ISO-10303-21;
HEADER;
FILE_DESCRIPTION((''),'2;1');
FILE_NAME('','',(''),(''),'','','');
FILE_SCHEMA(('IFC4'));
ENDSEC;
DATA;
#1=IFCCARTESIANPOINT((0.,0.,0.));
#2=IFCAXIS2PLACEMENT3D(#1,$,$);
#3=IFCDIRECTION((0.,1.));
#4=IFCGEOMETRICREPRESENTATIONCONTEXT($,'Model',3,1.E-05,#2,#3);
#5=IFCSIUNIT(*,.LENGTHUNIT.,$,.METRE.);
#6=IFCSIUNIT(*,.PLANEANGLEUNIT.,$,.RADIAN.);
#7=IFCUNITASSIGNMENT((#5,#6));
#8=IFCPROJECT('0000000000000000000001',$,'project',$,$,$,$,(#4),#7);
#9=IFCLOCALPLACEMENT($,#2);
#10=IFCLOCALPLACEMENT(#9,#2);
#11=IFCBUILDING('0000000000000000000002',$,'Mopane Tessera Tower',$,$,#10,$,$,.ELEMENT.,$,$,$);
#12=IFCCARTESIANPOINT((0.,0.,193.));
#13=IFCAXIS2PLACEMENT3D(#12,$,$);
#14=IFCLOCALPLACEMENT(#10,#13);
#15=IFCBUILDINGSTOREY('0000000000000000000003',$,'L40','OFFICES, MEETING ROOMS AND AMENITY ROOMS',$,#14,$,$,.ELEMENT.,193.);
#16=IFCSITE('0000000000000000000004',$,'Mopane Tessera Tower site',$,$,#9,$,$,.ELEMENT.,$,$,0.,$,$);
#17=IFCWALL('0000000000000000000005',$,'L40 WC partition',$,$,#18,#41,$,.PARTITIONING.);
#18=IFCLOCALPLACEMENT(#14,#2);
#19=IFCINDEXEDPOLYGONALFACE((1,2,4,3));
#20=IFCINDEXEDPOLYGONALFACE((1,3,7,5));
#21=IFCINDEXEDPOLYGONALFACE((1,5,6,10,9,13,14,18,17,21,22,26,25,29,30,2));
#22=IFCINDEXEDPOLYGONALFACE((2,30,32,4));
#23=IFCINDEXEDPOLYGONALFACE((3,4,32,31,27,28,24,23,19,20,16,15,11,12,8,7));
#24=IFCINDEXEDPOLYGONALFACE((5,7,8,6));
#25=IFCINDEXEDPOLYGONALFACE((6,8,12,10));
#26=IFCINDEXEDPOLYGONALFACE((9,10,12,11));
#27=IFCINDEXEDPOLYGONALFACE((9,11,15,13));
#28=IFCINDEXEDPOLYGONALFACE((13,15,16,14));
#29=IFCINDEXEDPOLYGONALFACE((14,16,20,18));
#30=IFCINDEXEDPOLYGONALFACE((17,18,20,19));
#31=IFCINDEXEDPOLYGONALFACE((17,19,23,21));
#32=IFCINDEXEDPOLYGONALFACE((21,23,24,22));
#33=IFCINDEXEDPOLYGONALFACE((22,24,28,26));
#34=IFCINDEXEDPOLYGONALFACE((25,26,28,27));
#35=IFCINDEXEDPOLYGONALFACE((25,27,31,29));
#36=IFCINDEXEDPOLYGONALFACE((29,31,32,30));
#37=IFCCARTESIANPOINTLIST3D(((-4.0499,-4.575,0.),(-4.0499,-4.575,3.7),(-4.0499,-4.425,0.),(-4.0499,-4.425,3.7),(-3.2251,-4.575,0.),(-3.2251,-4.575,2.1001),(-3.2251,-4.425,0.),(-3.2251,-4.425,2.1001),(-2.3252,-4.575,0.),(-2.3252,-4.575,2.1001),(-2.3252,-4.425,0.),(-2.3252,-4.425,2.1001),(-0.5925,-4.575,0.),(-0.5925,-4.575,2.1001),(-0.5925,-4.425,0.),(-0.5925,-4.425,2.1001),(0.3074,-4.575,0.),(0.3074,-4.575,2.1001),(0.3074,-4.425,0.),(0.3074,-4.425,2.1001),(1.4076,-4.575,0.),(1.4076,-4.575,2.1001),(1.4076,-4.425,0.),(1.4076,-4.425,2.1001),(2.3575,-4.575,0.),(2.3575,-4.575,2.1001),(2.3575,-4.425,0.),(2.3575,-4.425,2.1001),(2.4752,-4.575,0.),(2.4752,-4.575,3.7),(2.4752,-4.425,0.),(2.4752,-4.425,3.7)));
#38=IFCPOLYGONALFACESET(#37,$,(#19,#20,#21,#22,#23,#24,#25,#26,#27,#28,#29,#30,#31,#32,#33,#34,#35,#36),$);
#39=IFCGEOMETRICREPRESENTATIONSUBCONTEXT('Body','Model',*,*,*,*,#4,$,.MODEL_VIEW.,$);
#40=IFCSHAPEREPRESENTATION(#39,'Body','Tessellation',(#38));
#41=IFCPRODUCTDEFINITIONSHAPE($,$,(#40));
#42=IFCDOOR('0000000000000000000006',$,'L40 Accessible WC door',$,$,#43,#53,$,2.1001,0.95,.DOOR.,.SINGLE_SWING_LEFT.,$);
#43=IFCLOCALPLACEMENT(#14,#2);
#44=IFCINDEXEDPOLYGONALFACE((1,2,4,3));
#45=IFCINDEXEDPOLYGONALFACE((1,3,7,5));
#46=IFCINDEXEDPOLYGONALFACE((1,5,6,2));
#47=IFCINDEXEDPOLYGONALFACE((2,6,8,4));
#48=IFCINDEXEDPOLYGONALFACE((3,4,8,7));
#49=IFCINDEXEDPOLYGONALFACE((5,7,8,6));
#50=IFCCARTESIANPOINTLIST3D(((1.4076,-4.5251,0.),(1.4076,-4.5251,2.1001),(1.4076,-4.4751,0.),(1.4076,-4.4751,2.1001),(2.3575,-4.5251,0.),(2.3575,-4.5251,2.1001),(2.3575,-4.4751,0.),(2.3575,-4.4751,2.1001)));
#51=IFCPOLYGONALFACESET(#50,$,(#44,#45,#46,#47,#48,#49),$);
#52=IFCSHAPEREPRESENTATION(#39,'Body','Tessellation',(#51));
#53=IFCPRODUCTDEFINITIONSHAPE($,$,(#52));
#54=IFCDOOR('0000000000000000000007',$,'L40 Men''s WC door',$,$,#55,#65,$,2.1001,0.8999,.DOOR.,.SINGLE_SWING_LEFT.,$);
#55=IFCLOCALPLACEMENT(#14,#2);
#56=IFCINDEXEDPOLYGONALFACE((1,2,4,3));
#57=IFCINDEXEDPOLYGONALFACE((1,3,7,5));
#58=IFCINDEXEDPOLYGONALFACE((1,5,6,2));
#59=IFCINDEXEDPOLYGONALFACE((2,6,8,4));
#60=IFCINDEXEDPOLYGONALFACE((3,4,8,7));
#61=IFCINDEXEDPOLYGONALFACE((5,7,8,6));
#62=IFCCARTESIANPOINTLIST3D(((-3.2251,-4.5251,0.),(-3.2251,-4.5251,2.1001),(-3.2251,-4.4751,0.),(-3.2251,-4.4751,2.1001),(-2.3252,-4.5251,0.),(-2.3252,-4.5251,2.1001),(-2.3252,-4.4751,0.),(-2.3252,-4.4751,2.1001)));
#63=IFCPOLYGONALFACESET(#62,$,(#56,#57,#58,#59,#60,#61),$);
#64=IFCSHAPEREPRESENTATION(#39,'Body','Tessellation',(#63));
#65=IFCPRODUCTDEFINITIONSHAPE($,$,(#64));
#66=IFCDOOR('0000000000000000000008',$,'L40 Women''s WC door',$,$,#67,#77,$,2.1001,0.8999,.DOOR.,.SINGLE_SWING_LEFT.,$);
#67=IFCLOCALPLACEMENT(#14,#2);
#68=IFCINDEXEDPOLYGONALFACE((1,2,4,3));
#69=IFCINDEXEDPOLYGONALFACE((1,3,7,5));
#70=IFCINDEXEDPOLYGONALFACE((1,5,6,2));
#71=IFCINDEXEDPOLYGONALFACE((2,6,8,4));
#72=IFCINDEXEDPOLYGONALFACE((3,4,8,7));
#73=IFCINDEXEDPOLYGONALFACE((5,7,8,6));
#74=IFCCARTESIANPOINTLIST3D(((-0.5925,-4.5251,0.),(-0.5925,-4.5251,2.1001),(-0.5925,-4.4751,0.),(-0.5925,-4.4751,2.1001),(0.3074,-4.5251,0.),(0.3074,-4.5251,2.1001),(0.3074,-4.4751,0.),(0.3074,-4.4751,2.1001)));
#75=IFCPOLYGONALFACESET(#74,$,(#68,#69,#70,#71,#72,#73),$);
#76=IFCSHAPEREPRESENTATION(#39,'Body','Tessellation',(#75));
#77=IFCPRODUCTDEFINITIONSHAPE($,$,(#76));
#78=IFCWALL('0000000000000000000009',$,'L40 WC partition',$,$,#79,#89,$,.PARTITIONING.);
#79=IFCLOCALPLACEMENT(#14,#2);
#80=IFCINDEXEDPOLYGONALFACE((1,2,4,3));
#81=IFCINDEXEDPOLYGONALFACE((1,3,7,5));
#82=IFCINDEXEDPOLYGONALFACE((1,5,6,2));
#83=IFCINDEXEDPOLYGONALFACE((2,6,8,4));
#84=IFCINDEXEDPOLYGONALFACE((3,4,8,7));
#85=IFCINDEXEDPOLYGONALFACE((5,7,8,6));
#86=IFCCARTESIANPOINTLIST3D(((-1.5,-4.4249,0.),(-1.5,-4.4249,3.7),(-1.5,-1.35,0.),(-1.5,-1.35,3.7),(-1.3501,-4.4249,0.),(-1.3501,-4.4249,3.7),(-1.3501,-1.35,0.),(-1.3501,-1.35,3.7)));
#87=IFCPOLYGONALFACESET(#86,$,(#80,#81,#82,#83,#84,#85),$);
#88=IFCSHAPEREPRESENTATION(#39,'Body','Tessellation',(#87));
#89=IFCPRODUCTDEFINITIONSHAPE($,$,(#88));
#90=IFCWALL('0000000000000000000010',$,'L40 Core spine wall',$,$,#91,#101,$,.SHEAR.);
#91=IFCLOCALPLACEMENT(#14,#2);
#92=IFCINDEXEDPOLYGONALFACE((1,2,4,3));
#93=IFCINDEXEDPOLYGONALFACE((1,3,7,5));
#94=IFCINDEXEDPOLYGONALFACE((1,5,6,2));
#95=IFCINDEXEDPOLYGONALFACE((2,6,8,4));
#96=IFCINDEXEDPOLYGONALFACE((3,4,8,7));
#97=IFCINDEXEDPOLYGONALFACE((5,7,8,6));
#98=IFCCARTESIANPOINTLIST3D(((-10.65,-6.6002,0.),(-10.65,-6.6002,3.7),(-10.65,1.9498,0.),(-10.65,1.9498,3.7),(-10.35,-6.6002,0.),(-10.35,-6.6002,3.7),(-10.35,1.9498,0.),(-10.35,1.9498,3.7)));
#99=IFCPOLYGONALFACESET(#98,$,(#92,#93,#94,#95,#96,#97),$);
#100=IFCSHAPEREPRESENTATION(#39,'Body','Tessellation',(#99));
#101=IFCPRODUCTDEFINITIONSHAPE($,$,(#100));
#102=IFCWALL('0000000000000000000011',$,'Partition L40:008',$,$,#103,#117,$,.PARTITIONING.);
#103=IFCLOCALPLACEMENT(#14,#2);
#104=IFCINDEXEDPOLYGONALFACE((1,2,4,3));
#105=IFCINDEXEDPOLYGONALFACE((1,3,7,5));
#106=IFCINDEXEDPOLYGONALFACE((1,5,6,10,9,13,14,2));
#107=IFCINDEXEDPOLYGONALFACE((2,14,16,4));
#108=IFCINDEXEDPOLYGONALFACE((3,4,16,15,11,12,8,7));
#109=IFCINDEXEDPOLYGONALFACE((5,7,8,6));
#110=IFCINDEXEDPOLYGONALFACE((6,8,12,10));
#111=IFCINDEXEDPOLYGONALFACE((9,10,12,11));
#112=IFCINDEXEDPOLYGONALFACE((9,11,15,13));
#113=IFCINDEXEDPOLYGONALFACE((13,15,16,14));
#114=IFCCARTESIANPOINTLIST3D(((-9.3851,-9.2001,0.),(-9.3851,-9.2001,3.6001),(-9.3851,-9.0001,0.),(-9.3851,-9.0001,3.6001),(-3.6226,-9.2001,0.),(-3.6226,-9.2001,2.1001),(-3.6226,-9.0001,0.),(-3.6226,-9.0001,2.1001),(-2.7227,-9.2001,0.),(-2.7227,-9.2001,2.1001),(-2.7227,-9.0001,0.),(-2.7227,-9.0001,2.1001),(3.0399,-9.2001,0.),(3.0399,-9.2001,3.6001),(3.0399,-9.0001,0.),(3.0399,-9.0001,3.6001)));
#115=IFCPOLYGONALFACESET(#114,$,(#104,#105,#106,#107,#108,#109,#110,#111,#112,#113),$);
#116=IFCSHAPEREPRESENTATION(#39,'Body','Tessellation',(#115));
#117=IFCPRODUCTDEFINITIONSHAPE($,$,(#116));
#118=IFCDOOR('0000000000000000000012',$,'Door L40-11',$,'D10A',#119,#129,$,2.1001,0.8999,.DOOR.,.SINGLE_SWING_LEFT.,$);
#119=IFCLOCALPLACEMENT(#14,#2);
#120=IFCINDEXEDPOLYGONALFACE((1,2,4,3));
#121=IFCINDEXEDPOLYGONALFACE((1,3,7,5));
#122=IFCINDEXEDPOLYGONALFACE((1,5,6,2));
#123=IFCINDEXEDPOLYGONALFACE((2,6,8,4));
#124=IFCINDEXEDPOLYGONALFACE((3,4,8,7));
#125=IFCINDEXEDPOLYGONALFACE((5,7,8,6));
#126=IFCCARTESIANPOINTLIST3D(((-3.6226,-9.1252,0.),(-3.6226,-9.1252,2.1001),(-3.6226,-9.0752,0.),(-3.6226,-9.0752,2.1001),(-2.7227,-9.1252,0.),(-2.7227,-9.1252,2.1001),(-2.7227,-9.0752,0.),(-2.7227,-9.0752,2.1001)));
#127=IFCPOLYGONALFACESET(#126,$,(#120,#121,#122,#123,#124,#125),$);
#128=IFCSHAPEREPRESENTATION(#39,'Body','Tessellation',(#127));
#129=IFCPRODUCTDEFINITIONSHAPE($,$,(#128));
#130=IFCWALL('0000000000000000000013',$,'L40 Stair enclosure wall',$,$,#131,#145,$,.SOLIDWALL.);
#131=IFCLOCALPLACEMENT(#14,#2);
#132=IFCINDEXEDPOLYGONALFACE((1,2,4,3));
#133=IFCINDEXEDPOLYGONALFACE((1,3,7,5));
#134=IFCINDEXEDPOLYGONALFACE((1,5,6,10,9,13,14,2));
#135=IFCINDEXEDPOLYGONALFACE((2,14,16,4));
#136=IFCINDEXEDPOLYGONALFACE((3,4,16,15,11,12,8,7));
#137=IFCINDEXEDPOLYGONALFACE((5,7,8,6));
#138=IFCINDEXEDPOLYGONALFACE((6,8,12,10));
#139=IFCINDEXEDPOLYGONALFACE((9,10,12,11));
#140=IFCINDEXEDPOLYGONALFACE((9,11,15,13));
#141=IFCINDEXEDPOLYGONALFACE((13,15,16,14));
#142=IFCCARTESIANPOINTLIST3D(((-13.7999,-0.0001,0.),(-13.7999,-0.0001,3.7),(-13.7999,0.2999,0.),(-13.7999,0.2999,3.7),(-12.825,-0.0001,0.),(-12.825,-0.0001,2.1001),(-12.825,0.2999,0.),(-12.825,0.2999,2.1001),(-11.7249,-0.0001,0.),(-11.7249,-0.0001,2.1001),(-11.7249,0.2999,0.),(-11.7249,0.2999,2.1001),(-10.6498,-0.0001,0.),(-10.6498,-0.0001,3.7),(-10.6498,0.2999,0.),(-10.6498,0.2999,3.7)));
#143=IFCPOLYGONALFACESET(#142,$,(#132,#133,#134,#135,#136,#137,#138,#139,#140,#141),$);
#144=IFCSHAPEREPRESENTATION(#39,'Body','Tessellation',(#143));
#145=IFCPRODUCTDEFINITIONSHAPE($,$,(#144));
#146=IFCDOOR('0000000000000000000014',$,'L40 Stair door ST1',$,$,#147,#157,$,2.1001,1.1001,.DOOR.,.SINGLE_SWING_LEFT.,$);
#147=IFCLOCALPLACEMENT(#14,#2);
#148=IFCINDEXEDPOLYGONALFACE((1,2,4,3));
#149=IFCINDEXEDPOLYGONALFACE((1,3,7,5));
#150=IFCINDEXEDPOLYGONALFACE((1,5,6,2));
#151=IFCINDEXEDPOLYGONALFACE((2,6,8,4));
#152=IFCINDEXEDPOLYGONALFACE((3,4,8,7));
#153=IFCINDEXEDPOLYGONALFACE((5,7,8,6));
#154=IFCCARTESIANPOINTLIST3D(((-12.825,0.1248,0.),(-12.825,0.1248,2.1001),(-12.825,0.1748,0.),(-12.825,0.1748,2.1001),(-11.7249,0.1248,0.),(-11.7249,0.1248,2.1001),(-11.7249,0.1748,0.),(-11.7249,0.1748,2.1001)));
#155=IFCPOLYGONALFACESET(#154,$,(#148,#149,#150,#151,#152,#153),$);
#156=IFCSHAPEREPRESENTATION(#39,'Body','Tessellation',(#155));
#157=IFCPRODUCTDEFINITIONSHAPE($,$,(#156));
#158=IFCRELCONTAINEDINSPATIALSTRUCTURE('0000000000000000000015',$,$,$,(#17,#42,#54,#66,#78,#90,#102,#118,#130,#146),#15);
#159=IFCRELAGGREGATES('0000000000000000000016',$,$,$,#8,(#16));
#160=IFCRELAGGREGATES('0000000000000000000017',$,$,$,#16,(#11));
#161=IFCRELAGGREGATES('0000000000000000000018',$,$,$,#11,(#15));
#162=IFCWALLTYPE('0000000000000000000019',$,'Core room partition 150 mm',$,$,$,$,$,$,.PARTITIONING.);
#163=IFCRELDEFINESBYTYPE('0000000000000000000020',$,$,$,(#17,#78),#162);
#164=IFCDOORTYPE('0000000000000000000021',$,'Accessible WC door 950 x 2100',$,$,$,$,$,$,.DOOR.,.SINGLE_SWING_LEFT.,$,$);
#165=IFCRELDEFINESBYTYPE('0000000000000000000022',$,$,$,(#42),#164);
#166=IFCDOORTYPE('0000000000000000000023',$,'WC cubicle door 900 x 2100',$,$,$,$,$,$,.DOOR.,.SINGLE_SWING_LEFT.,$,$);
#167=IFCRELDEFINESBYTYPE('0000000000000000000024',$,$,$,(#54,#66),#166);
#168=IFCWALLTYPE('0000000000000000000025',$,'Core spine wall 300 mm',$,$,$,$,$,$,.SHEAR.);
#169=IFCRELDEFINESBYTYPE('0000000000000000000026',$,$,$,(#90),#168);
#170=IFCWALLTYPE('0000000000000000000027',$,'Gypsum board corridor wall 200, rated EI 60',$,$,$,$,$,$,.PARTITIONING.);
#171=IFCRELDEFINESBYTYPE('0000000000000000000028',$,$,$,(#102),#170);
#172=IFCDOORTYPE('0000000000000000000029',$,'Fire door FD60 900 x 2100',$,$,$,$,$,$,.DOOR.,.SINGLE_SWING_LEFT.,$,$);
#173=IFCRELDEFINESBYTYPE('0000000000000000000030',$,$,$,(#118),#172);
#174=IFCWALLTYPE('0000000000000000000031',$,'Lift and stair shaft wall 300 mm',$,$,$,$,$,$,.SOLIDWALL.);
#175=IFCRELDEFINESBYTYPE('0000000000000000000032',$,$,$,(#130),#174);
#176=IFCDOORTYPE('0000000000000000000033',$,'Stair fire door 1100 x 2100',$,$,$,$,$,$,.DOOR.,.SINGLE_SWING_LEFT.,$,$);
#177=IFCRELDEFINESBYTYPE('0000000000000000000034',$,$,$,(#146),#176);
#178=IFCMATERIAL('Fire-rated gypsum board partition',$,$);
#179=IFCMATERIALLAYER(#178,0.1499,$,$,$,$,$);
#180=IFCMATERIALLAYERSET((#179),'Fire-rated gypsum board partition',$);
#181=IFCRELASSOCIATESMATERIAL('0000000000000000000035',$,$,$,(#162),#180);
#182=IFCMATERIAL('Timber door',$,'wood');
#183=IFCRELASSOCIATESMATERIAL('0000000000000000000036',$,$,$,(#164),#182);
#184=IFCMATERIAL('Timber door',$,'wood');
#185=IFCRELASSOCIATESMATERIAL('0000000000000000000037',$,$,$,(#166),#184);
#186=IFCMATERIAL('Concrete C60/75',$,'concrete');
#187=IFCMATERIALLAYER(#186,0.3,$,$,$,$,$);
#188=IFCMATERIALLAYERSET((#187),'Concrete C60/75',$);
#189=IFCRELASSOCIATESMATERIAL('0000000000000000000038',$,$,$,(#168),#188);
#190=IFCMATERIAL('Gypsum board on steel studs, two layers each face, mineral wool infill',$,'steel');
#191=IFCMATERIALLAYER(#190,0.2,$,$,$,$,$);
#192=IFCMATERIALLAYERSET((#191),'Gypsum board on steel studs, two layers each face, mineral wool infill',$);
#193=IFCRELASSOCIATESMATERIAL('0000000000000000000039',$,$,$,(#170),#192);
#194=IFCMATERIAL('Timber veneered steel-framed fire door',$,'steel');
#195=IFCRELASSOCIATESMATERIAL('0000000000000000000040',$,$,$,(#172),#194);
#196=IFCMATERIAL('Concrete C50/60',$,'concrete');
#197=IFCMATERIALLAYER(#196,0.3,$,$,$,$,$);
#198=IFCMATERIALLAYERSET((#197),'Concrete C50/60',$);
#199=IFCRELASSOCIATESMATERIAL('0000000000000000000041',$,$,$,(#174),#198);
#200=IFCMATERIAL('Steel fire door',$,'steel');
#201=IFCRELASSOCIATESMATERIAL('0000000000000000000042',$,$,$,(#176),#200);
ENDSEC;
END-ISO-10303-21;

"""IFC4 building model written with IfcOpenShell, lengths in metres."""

from ifc_helpers import new_model, si_unit, direction, frame, frame_2d, origin, place, context, subcontext, project, spatial, rectangle, extrude, material, layer, layer_set, type_object, element, fill, save


model = new_model("IFC4")

# Units and contexts
model_context = context("Model", 3, precision=1e-05, world=origin(), true_north=direction((0.0, 1.0)))
body_context = subcontext(model_context, "Body", "Model", "MODEL_VIEW")
ifc_project = project(units=[si_unit("LENGTHUNIT", "METRE"), si_unit("PLANEANGLEUNIT", "RADIAN")], contexts=[model_context])

# Site, building, storey
site_placement = place(None, origin())
site = spatial("IfcSite", under=ifc_project, at=site_placement, Name="Mopane Tessera Tower site", CompositionType="ELEMENT", RefElevation=0.0)
building_placement = place(site_placement, origin())
building = spatial("IfcBuilding", under=site, at=building_placement, Name="Mopane Tessera Tower", CompositionType="ELEMENT")
storey_placement = place(building_placement, frame((0.0, 0.0, 193.0)))
storey = spatial("IfcBuildingStorey", under=building, at=storey_placement, Name="L40", Description="OFFICES, MEETING ROOMS AND AMENITY ROOMS", CompositionType="ELEMENT", Elevation=193.0)

# Shared definitions
ifc_material_1 = material(Name="Fire-rated gypsum board partition")
ifc_layer_1 = layer(ifc_material_1, 0.1499)
ifc_layer_set_1 = layer_set([ifc_layer_1], Name="Fire-rated gypsum board partition")
wall_type_1 = type_object("IfcWallType", Name="Core room partition 150 mm", PredefinedType="PARTITIONING", material=ifc_layer_set_1)

# Wall, openings, doors
wall_1_placement = place(storey_placement, frame((-4.05, -4.5, 0.0), z_axis=(0.0, 0.0, 1.0), x_axis=(1.0, 0.0, 0.0)))
wall_1 = element("IfcWall", 1, at=wall_1_placement, inside=storey, type_object=wall_type_1, Name="L40 WC partition", PredefinedType="PARTITIONING", context=body_context, shape_type="SweptSolid", body=[
    extrude(rectangle(XDim=6.5251, YDim=0.1499, at=frame_2d((3.2627, 0.0))), origin(), (0.0, 0.0, 1.0), 3.7),
])
opening_1_placement = place(wall_1_placement, frame((0.825, 0.0, 0.0)))
opening_1 = element("IfcOpeningElement", 2, at=opening_1_placement, cuts=wall_1, PredefinedType="OPENING", context=body_context, shape_type="SweptSolid", body=[
    extrude(rectangle(XDim=0.8999, YDim=2.1001, at=frame_2d((0.45, 1.05))), frame((0.0, 0.0869, 0.0), z_axis=(0.0, -1.0, 0.0), x_axis=(1.0, 0.0, 0.0)), (0.0, 0.0, 1.0), 0.1738),
])
opening_2_placement = place(wall_1_placement, frame((3.4575, 0.0, 0.0)))
opening_2 = element("IfcOpeningElement", 3, at=opening_2_placement, cuts=wall_1, PredefinedType="OPENING", context=body_context, shape_type="SweptSolid", body=[
    extrude(rectangle(XDim=0.8999, YDim=2.1001, at=frame_2d((0.45, 1.05))), frame((0.0, 0.0869, 0.0), z_axis=(0.0, -1.0, 0.0), x_axis=(1.0, 0.0, 0.0)), (0.0, 0.0, 1.0), 0.1738),
])
opening_3_placement = place(wall_1_placement, frame((5.4575, 0.0, 0.0)))
opening_3 = element("IfcOpeningElement", 4, at=opening_3_placement, cuts=wall_1, PredefinedType="OPENING", context=body_context, shape_type="SweptSolid", body=[
    extrude(rectangle(XDim=0.95, YDim=2.1001, at=frame_2d((0.4751, 1.05))), frame((0.0, 0.0869, 0.0), z_axis=(0.0, -1.0, 0.0), x_axis=(1.0, 0.0, 0.0)), (0.0, 0.0, 1.0), 0.1738),
])
ifc_material_2 = material(Name="Timber door", Category="wood")
door_type_1 = type_object("IfcDoorType", Name="Accessible WC door 950 x 2100", OperationType="SINGLE_SWING_LEFT", PredefinedType="DOOR", material=ifc_material_2)
door_1_placement = place(opening_3_placement, origin())
door_1 = element("IfcDoor", 5, at=door_1_placement, inside=storey, type_object=door_type_1, Name="L40 Accessible WC door", OperationType="SINGLE_SWING_LEFT", OverallHeight=2.1001, OverallWidth=0.95, PredefinedType="DOOR", context=body_context, shape_type="SweptSolid", body=[
    extrude(rectangle(XDim=0.95, YDim=2.1001, at=frame_2d((0.4751, 1.05))), frame((0.0, 0.0249, 0.0), z_axis=(0.0, -1.0, 0.0), x_axis=(1.0, 0.0, 0.0)), (0.0, 0.0, 1.0), 0.05),
])
fill(opening_3, door_1)
ifc_material_3 = material(Name="Timber door", Category="wood")
door_type_2 = type_object("IfcDoorType", Name="WC cubicle door 900 x 2100", OperationType="SINGLE_SWING_LEFT", PredefinedType="DOOR", material=ifc_material_3)
door_2_placement = place(opening_1_placement, origin())
door_2 = element("IfcDoor", 6, at=door_2_placement, inside=storey, type_object=door_type_2, Name="L40 Men's WC door", OperationType="SINGLE_SWING_LEFT", OverallHeight=2.1001, OverallWidth=0.8999, PredefinedType="DOOR", context=body_context, shape_type="SweptSolid", body=[
    extrude(rectangle(XDim=0.8999, YDim=2.1001, at=frame_2d((0.45, 1.05))), frame((0.0, 0.0249, 0.0), z_axis=(0.0, -1.0, 0.0), x_axis=(1.0, 0.0, 0.0)), (0.0, 0.0, 1.0), 0.05),
])
fill(opening_1, door_2)
door_3_placement = place(opening_2_placement, origin())
door_3 = element("IfcDoor", 7, at=door_3_placement, inside=storey, type_object=door_type_2, Name="L40 Women's WC door", OperationType="SINGLE_SWING_LEFT", OverallHeight=2.1001, OverallWidth=0.8999, PredefinedType="DOOR", context=body_context, shape_type="SweptSolid", body=[
    extrude(rectangle(XDim=0.8999, YDim=2.1001, at=frame_2d((0.45, 1.05))), frame((0.0, 0.0249, 0.0), z_axis=(0.0, -1.0, 0.0), x_axis=(1.0, 0.0, 0.0)), (0.0, 0.0, 1.0), 0.05),
])
fill(opening_2, door_3)

# Walls
wall_2_placement = place(storey_placement, frame((-1.425, -4.425, 0.0), z_axis=(0.0, 0.0, 1.0), x_axis=(0.0, 1.0, 0.0)))
element("IfcWall", 8, at=wall_2_placement, inside=storey, type_object=wall_type_1, Name="L40 WC partition", PredefinedType="PARTITIONING", context=body_context, shape_type="SweptSolid", body=[
    extrude(rectangle(XDim=3.075, YDim=0.1499, at=frame_2d((1.5376, 0.0))), origin(), (0.0, 0.0, 1.0), 3.7),
])
ifc_material_4 = material(Name="Concrete C60/75", Category="concrete")
ifc_layer_2 = layer(ifc_material_4, 0.3)
ifc_layer_set_2 = layer_set([ifc_layer_2], Name="Concrete C60/75")
wall_type_2 = type_object("IfcWallType", Name="Core spine wall 300 mm", PredefinedType="SHEAR", material=ifc_layer_set_2)
wall_3_placement = place(storey_placement, frame((-10.5, -6.6001, 0.0), z_axis=(0.0, 0.0, 1.0), x_axis=(0.0, 1.0, 0.0)))
element("IfcWall", 9, at=wall_3_placement, inside=storey, type_object=wall_type_2, Name="L40 Core spine wall", PredefinedType="SHEAR", context=body_context, shape_type="SweptSolid", body=[
    extrude(rectangle(XDim=8.55, YDim=0.3, at=frame_2d((4.2749, 0.0))), origin(), (0.0, 0.0, 1.0), 3.7),
])

# Walls, openings, doors
ifc_material_5 = material(Name="Gypsum board on steel studs, two layers each face, mineral wool infill", Category="steel")
ifc_layer_3 = layer(ifc_material_5, 0.2)
ifc_layer_set_3 = layer_set([ifc_layer_3], Name="Gypsum board on steel studs, two layers each face, mineral wool infill")
wall_type_3 = type_object("IfcWallType", Name="Gypsum board corridor wall 200, rated EI 60", PredefinedType="PARTITIONING", material=ifc_layer_set_3)
wall_4_placement = place(storey_placement, frame((-9.385, -9.1001, 0.0), z_axis=(0.0, 0.0, 1.0), x_axis=(1.0, 0.0, 0.0)))
wall_4 = element("IfcWall", 10, at=wall_4_placement, inside=storey, type_object=wall_type_3, Name="Partition L40:008", PredefinedType="PARTITIONING", context=body_context, shape_type="SweptSolid", body=[
    extrude(rectangle(XDim=12.425, YDim=0.2, at=frame_2d((6.2124, 0.0))), origin(), (0.0, 0.0, 1.0), 3.6001),
])
opening_4_placement = place(wall_4_placement, frame((5.7625, 0.0, 0.0)))
opening_4 = element("IfcOpeningElement", 11, at=opening_4_placement, cuts=wall_4, PredefinedType="OPENING", context=body_context, shape_type="SweptSolid", body=[
    extrude(rectangle(XDim=0.8999, YDim=2.1001, at=frame_2d((0.45, 1.05))), frame((0.0, 0.1121, 0.0), z_axis=(0.0, -1.0, 0.0), x_axis=(1.0, 0.0, 0.0)), (0.0, 0.0, 1.0), 0.2239),
])
ifc_material_6 = material(Name="Timber veneered steel-framed fire door", Category="steel")
door_type_3 = type_object("IfcDoorType", Name="Fire door FD60 900 x 2100", OperationType="SINGLE_SWING_LEFT", PredefinedType="DOOR", material=ifc_material_6)
door_4_placement = place(opening_4_placement, origin())
door_4 = element("IfcDoor", 12, at=door_4_placement, inside=storey, type_object=door_type_3, Name="Door L40-11", ObjectType="D10A", OperationType="SINGLE_SWING_LEFT", OverallHeight=2.1001, OverallWidth=0.8999, PredefinedType="DOOR", context=body_context, shape_type="SweptSolid", body=[
    extrude(rectangle(XDim=0.8999, YDim=2.1001, at=frame_2d((0.45, 1.05))), frame((0.0, 0.0249, 0.0), z_axis=(0.0, -1.0, 0.0), x_axis=(1.0, 0.0, 0.0)), (0.0, 0.0, 1.0), 0.05),
])
fill(opening_4, door_4)
ifc_material_7 = material(Name="Concrete C50/60", Category="concrete")
ifc_layer_4 = layer(ifc_material_7, 0.3)
ifc_layer_set_4 = layer_set([ifc_layer_4], Name="Concrete C50/60")
wall_type_4 = type_object("IfcWallType", Name="Lift and stair shaft wall 300 mm", PredefinedType="SOLIDWALL", material=ifc_layer_set_4)
wall_5_placement = place(storey_placement, frame((-13.8, 0.1499, 0.0), z_axis=(0.0, 0.0, 1.0), x_axis=(1.0, 0.0, 0.0)))
wall_5 = element("IfcWall", 13, at=wall_5_placement, inside=storey, type_object=wall_type_4, Name="L40 Stair enclosure wall", PredefinedType="SOLIDWALL", context=body_context, shape_type="SweptSolid", body=[
    extrude(rectangle(XDim=3.1501, YDim=0.3, at=frame_2d((1.5752, 0.0))), origin(), (0.0, 0.0, 1.0), 3.7),
])
opening_5_placement = place(wall_5_placement, frame((0.9751, 0.0, 0.0)))
opening_5 = element("IfcOpeningElement", 14, at=opening_5_placement, cuts=wall_5, PredefinedType="OPENING", context=body_context, shape_type="SweptSolid", body=[
    extrude(rectangle(XDim=1.1001, YDim=2.1001, at=frame_2d((0.55, 1.05))), frame((0.0, 0.1621, 0.0), z_axis=(0.0, -1.0, 0.0), x_axis=(1.0, 0.0, 0.0)), (0.0, 0.0, 1.0), 0.324),
])
ifc_material_8 = material(Name="Steel fire door", Category="steel")
door_type_4 = type_object("IfcDoorType", Name="Stair fire door 1100 x 2100", OperationType="SINGLE_SWING_LEFT", PredefinedType="DOOR", material=ifc_material_8)
door_5_placement = place(opening_5_placement, origin())
door_5 = element("IfcDoor", 15, at=door_5_placement, inside=storey, type_object=door_type_4, Name="L40 Stair door ST1", OperationType="SINGLE_SWING_LEFT", OverallHeight=2.1001, OverallWidth=1.1001, PredefinedType="DOOR", context=body_context, shape_type="SweptSolid", body=[
    extrude(rectangle(XDim=1.1001, YDim=2.1001, at=frame_2d((0.55, 1.05))), frame((0.0, 0.0249, 0.0), z_axis=(0.0, -1.0, 0.0), x_axis=(1.0, 0.0, 0.0)), (0.0, 0.0, 1.0), 0.05),
])
fill(opening_5, door_5)

save(model, "model.ifc")
